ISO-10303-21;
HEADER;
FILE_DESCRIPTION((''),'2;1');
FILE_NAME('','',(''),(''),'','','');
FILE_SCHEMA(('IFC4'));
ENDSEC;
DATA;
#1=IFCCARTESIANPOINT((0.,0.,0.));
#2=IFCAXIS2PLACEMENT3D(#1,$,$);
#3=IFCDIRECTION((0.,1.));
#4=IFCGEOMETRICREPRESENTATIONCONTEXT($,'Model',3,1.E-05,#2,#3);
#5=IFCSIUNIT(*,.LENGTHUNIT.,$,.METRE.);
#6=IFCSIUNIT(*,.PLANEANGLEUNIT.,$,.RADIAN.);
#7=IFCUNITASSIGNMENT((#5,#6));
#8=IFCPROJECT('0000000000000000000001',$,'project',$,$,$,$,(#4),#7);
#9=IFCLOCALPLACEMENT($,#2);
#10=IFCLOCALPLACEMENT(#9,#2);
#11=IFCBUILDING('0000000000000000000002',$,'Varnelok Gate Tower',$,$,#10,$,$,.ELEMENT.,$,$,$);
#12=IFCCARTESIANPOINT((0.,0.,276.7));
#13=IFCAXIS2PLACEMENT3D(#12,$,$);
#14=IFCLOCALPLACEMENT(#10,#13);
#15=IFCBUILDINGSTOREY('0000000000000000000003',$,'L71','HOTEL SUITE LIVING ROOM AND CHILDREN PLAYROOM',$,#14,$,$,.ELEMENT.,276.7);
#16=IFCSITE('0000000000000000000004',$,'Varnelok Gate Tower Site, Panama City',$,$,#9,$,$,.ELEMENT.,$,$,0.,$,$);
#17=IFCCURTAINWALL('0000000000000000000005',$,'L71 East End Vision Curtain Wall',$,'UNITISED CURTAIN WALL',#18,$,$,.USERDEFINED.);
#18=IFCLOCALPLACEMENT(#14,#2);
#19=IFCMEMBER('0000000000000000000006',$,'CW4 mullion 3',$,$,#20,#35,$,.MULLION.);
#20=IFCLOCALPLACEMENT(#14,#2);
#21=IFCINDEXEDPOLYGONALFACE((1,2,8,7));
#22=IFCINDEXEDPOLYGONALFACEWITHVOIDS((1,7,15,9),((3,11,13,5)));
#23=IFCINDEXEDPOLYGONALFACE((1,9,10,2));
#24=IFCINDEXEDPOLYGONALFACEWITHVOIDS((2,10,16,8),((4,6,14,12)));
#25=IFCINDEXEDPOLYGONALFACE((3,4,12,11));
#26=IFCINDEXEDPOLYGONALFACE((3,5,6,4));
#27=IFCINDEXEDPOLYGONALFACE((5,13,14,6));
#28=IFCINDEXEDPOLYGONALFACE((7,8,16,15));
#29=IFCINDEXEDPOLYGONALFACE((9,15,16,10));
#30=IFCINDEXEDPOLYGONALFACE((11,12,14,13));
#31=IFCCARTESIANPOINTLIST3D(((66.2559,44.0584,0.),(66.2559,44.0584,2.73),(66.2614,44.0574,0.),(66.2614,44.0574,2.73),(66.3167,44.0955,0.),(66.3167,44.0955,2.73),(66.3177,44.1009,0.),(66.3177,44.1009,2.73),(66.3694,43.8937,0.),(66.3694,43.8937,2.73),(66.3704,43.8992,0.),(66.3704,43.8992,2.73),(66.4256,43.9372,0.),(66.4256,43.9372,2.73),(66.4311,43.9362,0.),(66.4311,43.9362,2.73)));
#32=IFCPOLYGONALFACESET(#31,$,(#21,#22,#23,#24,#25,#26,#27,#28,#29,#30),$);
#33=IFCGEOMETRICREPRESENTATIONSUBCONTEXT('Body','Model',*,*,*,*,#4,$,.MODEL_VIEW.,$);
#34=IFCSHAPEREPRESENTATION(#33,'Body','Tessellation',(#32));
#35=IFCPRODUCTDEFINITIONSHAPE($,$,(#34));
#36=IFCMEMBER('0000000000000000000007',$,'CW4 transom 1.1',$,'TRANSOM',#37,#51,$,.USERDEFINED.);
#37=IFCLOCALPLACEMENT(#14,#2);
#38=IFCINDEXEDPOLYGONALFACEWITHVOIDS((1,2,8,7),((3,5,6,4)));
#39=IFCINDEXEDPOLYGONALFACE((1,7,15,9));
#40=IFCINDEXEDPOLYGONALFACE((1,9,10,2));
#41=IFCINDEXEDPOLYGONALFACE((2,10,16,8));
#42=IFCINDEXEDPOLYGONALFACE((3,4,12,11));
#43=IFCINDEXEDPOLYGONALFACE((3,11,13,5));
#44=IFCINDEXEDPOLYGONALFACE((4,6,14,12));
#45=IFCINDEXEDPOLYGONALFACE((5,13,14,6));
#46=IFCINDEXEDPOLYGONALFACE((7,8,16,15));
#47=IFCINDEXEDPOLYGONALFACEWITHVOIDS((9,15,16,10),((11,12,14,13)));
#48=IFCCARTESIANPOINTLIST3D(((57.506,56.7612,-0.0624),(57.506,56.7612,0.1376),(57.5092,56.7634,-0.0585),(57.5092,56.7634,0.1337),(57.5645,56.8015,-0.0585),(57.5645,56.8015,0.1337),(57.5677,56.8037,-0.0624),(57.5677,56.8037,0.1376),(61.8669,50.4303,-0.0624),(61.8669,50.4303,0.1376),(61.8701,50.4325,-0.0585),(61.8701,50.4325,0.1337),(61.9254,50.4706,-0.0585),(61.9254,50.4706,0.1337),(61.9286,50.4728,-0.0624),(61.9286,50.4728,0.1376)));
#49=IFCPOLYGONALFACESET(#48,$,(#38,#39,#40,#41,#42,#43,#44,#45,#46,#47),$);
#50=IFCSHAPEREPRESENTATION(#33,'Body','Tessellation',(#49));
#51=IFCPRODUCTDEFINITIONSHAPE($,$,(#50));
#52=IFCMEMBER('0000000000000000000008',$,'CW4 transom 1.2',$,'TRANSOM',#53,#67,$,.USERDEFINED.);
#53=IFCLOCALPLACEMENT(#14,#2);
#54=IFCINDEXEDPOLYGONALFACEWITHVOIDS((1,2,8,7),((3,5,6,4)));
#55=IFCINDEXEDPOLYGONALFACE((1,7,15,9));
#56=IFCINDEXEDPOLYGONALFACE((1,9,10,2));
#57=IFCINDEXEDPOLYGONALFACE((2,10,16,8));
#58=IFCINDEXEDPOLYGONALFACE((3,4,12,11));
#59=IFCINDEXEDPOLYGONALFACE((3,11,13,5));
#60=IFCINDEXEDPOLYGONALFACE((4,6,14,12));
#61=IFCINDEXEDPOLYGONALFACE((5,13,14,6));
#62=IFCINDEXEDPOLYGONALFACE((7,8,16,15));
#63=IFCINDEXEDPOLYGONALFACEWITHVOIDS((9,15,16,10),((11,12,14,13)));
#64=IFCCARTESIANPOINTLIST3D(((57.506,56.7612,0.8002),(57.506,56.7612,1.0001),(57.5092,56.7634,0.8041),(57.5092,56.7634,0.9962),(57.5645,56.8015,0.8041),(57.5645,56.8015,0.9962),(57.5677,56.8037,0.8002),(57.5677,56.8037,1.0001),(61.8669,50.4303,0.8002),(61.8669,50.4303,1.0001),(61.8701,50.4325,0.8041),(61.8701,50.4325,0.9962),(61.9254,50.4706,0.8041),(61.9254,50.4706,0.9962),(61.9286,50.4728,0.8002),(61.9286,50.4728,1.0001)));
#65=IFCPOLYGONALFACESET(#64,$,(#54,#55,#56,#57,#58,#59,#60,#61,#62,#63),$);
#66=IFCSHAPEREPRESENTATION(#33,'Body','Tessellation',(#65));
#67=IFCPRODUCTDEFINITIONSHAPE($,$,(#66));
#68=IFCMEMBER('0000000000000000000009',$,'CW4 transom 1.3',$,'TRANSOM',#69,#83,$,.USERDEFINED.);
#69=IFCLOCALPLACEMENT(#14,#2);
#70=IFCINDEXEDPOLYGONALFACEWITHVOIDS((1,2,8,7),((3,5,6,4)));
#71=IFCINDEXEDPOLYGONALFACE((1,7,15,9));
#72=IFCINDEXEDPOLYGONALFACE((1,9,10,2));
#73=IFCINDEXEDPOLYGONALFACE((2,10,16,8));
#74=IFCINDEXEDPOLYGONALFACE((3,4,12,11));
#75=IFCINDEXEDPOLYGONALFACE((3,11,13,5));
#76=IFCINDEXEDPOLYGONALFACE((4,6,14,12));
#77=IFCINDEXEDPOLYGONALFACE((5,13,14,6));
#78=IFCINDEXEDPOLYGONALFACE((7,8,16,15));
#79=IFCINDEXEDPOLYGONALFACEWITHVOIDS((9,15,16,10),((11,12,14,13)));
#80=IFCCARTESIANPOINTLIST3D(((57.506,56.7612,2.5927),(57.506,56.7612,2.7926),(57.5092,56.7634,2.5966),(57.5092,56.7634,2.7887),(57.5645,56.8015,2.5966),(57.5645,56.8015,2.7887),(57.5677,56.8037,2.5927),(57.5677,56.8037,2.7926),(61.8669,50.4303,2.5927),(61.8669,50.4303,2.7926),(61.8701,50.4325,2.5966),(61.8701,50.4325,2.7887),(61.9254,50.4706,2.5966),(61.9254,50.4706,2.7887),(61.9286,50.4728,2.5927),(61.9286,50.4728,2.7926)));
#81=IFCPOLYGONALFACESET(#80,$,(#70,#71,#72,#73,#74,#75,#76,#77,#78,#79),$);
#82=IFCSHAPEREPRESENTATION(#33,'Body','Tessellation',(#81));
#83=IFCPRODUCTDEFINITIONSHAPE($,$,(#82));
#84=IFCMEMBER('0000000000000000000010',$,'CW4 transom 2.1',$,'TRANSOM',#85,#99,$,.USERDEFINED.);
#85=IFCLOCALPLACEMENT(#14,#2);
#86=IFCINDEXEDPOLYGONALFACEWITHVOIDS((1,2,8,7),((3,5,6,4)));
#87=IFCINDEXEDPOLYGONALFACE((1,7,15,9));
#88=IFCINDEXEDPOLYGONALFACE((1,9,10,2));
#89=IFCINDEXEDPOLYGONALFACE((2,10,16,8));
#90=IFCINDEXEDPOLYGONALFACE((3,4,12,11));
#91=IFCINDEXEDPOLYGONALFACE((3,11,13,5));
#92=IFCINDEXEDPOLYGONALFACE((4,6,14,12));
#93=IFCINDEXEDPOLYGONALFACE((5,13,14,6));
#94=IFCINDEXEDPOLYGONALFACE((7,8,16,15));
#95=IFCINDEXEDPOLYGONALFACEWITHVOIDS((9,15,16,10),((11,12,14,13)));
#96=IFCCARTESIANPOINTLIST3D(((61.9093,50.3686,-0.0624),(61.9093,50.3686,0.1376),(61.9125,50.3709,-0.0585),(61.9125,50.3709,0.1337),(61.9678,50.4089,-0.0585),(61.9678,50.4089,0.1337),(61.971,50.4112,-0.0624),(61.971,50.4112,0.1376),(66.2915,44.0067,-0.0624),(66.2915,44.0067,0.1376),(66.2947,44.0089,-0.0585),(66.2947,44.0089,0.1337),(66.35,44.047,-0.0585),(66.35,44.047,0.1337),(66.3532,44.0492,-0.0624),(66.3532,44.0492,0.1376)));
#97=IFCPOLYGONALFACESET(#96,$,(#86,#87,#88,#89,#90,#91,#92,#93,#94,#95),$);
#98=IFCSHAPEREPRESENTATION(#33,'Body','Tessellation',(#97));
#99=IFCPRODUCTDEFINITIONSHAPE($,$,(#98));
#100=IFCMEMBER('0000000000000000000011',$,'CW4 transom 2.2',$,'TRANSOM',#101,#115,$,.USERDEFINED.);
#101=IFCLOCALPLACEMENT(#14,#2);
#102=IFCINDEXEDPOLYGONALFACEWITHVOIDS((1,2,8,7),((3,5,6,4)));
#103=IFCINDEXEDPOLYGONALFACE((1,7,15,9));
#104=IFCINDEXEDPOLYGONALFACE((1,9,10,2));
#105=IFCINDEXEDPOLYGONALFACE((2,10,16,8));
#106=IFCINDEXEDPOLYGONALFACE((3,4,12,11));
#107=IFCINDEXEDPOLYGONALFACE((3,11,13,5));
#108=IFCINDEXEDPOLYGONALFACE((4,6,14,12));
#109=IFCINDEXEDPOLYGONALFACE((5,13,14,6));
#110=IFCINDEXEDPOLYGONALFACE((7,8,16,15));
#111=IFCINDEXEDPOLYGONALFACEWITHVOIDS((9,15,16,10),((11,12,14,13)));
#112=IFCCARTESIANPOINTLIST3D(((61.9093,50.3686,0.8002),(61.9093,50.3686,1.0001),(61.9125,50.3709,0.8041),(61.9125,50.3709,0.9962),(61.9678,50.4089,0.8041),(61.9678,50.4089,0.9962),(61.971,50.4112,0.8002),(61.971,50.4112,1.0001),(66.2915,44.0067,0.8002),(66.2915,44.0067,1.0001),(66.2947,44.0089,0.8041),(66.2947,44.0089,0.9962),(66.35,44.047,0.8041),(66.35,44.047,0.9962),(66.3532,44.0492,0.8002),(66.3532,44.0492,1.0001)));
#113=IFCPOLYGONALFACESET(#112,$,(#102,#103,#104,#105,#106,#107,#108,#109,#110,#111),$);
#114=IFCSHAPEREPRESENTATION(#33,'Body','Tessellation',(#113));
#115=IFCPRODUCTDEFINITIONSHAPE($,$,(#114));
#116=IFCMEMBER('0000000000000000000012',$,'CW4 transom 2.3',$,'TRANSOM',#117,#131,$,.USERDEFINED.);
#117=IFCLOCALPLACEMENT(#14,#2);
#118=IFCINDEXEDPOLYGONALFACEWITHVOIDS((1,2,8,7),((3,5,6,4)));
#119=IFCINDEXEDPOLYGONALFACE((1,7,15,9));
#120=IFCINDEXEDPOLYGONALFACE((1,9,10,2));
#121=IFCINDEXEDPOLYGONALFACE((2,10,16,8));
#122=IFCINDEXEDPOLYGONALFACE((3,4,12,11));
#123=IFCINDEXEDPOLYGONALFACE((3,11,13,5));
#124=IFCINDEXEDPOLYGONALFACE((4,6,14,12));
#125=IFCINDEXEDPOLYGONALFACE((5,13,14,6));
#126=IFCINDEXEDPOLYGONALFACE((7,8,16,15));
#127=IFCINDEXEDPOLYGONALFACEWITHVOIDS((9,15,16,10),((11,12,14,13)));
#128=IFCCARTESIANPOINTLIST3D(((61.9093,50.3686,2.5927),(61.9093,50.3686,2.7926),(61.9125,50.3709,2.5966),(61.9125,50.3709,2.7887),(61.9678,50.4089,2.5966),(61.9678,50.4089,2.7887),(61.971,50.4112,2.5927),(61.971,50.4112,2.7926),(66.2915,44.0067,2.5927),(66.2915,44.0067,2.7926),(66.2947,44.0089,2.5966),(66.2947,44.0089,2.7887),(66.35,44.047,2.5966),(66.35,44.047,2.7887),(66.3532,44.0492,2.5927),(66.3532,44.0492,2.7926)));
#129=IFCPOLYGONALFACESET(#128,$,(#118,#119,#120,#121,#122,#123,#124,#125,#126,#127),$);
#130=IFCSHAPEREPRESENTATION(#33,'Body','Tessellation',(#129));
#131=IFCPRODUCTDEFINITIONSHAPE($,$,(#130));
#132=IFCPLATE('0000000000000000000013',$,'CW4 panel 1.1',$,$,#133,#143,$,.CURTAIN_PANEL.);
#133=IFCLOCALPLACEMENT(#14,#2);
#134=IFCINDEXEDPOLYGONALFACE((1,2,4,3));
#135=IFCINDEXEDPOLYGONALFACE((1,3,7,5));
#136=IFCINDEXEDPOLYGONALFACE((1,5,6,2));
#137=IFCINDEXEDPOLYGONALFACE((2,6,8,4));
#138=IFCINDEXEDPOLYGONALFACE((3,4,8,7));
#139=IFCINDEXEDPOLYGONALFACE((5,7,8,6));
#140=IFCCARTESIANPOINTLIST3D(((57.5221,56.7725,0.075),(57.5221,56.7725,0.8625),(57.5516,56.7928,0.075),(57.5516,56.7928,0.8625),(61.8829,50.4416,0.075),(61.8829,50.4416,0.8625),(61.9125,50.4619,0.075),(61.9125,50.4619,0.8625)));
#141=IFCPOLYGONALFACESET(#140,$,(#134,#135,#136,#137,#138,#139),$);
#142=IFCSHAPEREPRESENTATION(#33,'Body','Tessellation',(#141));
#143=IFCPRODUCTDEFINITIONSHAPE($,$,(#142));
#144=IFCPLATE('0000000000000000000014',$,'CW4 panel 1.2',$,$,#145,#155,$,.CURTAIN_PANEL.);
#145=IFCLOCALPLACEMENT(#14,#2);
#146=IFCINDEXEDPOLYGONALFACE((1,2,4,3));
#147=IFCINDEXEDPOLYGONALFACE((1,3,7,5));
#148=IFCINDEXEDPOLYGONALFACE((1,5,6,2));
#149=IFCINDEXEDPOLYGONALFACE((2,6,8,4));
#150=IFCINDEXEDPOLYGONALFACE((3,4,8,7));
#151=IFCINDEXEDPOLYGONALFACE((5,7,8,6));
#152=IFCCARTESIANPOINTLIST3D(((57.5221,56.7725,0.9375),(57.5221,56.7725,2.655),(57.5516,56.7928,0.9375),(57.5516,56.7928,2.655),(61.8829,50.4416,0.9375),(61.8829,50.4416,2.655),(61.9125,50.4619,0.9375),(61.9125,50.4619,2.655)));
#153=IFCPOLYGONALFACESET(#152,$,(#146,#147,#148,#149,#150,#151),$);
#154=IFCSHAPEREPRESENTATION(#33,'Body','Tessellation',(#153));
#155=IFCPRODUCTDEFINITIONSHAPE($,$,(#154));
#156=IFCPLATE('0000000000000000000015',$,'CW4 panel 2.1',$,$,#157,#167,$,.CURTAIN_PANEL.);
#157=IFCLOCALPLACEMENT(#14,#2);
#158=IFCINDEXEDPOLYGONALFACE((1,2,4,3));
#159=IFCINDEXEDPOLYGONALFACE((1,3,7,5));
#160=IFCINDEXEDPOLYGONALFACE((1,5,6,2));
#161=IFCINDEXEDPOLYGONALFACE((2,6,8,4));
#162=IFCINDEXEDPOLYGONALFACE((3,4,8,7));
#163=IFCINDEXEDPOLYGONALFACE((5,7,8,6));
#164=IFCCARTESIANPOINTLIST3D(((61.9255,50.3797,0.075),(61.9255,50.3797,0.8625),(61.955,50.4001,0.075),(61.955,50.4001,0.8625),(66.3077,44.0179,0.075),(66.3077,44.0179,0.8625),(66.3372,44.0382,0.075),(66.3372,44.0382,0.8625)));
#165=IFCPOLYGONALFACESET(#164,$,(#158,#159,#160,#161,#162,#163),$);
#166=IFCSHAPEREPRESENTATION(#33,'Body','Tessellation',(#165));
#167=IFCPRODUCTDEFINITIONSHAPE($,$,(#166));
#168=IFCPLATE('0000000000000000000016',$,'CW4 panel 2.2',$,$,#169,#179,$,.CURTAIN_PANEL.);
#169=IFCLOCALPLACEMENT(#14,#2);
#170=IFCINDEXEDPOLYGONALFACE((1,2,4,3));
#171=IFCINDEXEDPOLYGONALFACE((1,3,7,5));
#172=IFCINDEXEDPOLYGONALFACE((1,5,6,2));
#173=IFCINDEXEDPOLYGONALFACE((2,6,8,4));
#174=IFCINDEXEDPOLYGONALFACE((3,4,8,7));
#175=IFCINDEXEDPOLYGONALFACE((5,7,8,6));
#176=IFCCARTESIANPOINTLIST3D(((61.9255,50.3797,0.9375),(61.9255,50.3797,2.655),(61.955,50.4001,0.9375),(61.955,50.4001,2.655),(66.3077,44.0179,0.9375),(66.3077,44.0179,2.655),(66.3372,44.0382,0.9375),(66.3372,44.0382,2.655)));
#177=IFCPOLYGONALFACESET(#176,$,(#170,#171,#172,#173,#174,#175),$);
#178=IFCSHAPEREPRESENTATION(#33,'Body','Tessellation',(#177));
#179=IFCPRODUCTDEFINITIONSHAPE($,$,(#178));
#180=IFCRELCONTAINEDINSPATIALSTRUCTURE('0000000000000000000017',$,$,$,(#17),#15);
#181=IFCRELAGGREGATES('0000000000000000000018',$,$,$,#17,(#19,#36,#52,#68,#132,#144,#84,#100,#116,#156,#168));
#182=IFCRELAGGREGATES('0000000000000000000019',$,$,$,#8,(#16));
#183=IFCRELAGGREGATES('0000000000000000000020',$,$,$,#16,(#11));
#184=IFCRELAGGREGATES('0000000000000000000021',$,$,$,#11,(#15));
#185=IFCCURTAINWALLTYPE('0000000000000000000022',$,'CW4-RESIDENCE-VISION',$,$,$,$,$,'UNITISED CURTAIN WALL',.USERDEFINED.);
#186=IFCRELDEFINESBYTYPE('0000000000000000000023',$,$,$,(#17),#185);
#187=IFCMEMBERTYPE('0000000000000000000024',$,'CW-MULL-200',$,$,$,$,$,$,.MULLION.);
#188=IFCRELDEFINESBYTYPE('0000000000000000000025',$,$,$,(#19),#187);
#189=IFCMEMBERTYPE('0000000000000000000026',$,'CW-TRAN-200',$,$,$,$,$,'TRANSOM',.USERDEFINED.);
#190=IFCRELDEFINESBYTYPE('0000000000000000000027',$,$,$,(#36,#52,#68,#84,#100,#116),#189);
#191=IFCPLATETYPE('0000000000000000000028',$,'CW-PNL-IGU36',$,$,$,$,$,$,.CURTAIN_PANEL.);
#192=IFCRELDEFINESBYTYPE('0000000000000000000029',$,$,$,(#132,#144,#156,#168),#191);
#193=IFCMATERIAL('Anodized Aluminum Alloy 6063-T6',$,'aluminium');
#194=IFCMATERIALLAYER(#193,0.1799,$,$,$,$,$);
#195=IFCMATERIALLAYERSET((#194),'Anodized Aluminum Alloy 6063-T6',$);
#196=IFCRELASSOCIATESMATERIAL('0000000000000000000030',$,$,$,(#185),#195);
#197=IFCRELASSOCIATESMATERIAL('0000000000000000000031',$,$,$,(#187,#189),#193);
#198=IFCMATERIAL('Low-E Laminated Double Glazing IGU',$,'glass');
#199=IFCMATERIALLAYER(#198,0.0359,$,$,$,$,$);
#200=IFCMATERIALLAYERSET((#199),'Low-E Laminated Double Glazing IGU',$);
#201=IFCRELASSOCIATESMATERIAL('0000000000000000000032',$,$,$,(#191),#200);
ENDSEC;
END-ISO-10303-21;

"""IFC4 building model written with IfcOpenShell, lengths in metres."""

from ifc_helpers import new_model, si_unit, direction, frame, origin, origin_2d, place, context, subcontext, project, spatial, rectangle, hollow_rectangle, extrude, source, transform, mapped, material, layer, layer_set, material_profile, profile_set, type_object, element, aggregate, save


model = new_model("IFC4")

# Units and contexts
model_context = context("Model", 3, precision=1e-05, world=origin(), true_north=direction((0.0, 1.0)))
body_context = subcontext(model_context, "Body", "Model", "MODEL_VIEW")
ifc_project = project(units=[si_unit("LENGTHUNIT", "METRE"), si_unit("PLANEANGLEUNIT", "RADIAN")], contexts=[model_context])

# Site, building, storey
site_placement = place(None, origin())
site = spatial("IfcSite", under=ifc_project, at=site_placement, Name="Varnelok Gate Tower Site, Panama City", CompositionType="ELEMENT", RefElevation=0.0)
building_placement = place(site_placement, origin())
building = spatial("IfcBuilding", under=site, at=building_placement, Name="Varnelok Gate Tower", CompositionType="ELEMENT")
storey_placement = place(building_placement, frame((0.0, 0.0, 276.7)))
storey = spatial("IfcBuildingStorey", under=building, at=storey_placement, Name="L71", Description="HOTEL SUITE LIVING ROOM AND CHILDREN PLAYROOM", CompositionType="ELEMENT", Elevation=276.7)

# Curtain wall, members, plates
ifc_material_1 = material(Name="Anodized Aluminum Alloy 6063-T6", Category="aluminium")
ifc_layer_1 = layer(ifc_material_1, 0.1799)
ifc_layer_set_1 = layer_set([ifc_layer_1], Name="Anodized Aluminum Alloy 6063-T6")
curtain_wall_type = type_object("IfcCurtainWallType", Name="CW4-RESIDENCE-VISION", ElementType="UNITISED CURTAIN WALL", PredefinedType="USERDEFINED", material=ifc_layer_set_1)
curtain_wall_placement = place(storey_placement, origin())
curtain_wall = element("IfcCurtainWall", 1, at=curtain_wall_placement, inside=storey, type_object=curtain_wall_type, Name="L71 East End Vision Curtain Wall", ObjectType="UNITISED CURTAIN WALL", PredefinedType="USERDEFINED")
ifc_material_profile_1 = material_profile(ifc_material_1, hollow_rectangle(XDim=0.075, YDim=0.2, WallThickness=0.0039, at=origin_2d()), Name="ALU200X75X4")
ifc_profile_set_1 = profile_set([ifc_material_profile_1], Name="Anodized Aluminum Alloy 6063-T6")
member_type_1 = type_object("IfcMemberType", Name="CW-MULL-200", PredefinedType="MULLION", material=ifc_profile_set_1)
member_1_placement = place(storey_placement, frame((66.3435, 43.9973, 0.0), z_axis=(0.0, 0.0, 1.0), x_axis=(0.823532, 0.567269, 0.0)))
member_1 = element("IfcMember", 2, at=member_1_placement, type_object=member_type_1, Name="CW4 mullion 3", PredefinedType="MULLION", context=body_context, shape_type="SweptSolid", body=[
    extrude(hollow_rectangle(XDim=0.075, YDim=0.2, WallThickness=0.0039, at=origin_2d()), origin(), (0.0, 0.0, 1.0), 2.73),
])
ifc_material_profile_2 = material_profile(ifc_material_1, hollow_rectangle(XDim=0.075, YDim=0.2, WallThickness=0.0039, at=origin_2d()), Name="ALU200X75X4")
ifc_profile_set_2 = profile_set([ifc_material_profile_2], Name="Anodized Aluminum Alloy 6063-T6")
member_type_2 = type_object("IfcMemberType", Name="CW-TRAN-200", ElementType="TRANSOM", PredefinedType="USERDEFINED", material=ifc_profile_set_2)
member_2_placement = place(storey_placement, frame((57.5369, 56.7825, 0.0376), z_axis=(0.567271, -0.823531, 0.0), x_axis=(0.823531, 0.567271, 0.0)))
member_2 = element("IfcMember", 3, at=member_2_placement, type_object=member_type_2, Name="CW4 transom 1.1", ObjectType="TRANSOM", PredefinedType="USERDEFINED", context=body_context, shape_type="SweptSolid", body=[
    extrude(hollow_rectangle(XDim=0.075, YDim=0.2, WallThickness=0.0039, at=origin_2d()), origin(), (0.0, 0.0, 1.0), 7.6875),
])
member_3_placement = place(storey_placement, frame((57.5369, 56.7825, 0.9001), z_axis=(0.567271, -0.823531, 0.0), x_axis=(0.823531, 0.567271, 0.0)))
member_3 = element("IfcMember", 4, at=member_3_placement, type_object=member_type_2, Name="CW4 transom 1.2", ObjectType="TRANSOM", PredefinedType="USERDEFINED", context=body_context, shape_type="SweptSolid", body=[
    extrude(hollow_rectangle(XDim=0.075, YDim=0.2, WallThickness=0.0039, at=origin_2d()), origin(), (0.0, 0.0, 1.0), 7.6875),
])
member_4_placement = place(storey_placement, frame((57.5369, 56.7825, 2.6926), z_axis=(0.567271, -0.823531, 0.0), x_axis=(0.823531, 0.567271, 0.0)))
member_4 = element("IfcMember", 5, at=member_4_placement, type_object=member_type_2, Name="CW4 transom 1.3", ObjectType="TRANSOM", PredefinedType="USERDEFINED", context=body_context, shape_type="SweptSolid", body=[
    extrude(hollow_rectangle(XDim=0.075, YDim=0.2, WallThickness=0.0039, at=origin_2d()), origin(), (0.0, 0.0, 1.0), 7.6875),
])
member_5_placement = place(storey_placement, frame((61.9402, 50.3899, 0.0376), z_axis=(0.567261, -0.823538, 0.0), x_axis=(0.823538, 0.567261, 0.0)))
member_5 = element("IfcMember", 6, at=member_5_placement, type_object=member_type_2, Name="CW4 transom 2.1", ObjectType="TRANSOM", PredefinedType="USERDEFINED", context=body_context, shape_type="SweptSolid", body=[
    extrude(hollow_rectangle(XDim=0.075, YDim=0.2, WallThickness=0.0039, at=origin_2d()), origin(), (0.0, 0.0, 1.0), 7.7251),
])
member_6_placement = place(storey_placement, frame((61.9402, 50.3899, 0.9001), z_axis=(0.567261, -0.823538, 0.0), x_axis=(0.823538, 0.567261, 0.0)))
member_6 = element("IfcMember", 7, at=member_6_placement, type_object=member_type_2, Name="CW4 transom 2.2", ObjectType="TRANSOM", PredefinedType="USERDEFINED", context=body_context, shape_type="SweptSolid", body=[
    extrude(hollow_rectangle(XDim=0.075, YDim=0.2, WallThickness=0.0039, at=origin_2d()), origin(), (0.0, 0.0, 1.0), 7.7251),
])
member_7_placement = place(storey_placement, frame((61.9402, 50.3899, 2.6926), z_axis=(0.567261, -0.823538, 0.0), x_axis=(0.823538, 0.567261, 0.0)))
member_7 = element("IfcMember", 8, at=member_7_placement, type_object=member_type_2, Name="CW4 transom 2.3", ObjectType="TRANSOM", PredefinedType="USERDEFINED", context=body_context, shape_type="SweptSolid", body=[
    extrude(hollow_rectangle(XDim=0.075, YDim=0.2, WallThickness=0.0039, at=origin_2d()), origin(), (0.0, 0.0, 1.0), 7.7251),
])
ifc_material_2 = material(Name="Low-E Laminated Double Glazing IGU", Category="glass")
ifc_layer_2 = layer(ifc_material_2, 0.0359)
ifc_layer_set_2 = layer_set([ifc_layer_2], Name="Low-E Laminated Double Glazing IGU")
plate_type = type_object("IfcPlateType", Name="CW-PNL-IGU36", PredefinedType="CURTAIN_PANEL", material=ifc_layer_set_2)
shared_shape_1 = source(origin(), body_context, "Body", "SweptSolid", [
    extrude(rectangle(XDim=7.6875, YDim=0.0359, at=origin_2d()), origin(), (0.0, 0.0, 1.0), 0.7876),
])
plate_1_placement = place(storey_placement, frame((59.7173, 53.6172, 0.075), z_axis=(0.0, 0.0, 1.0), x_axis=(0.567269, -0.823532, 0.0)))
plate_1 = element("IfcPlate", 9, at=plate_1_placement, type_object=plate_type, Name="CW4 panel 1.1", PredefinedType="CURTAIN_PANEL", context=body_context, shape_type="MappedRepresentation", body=[
    mapped(shared_shape_1, transform((0.0, 0.0, 0.0), scale=1.0)),
])
shared_shape_2 = source(origin(), body_context, "Body", "SweptSolid", [
    extrude(rectangle(XDim=7.6875, YDim=0.0359, at=origin_2d()), origin(), (0.0, 0.0, 1.0), 1.7175),
])
plate_2_placement = place(storey_placement, frame((59.7173, 53.6172, 0.9375), z_axis=(0.0, 0.0, 1.0), x_axis=(0.567269, -0.823532, 0.0)))
plate_2 = element("IfcPlate", 10, at=plate_2_placement, type_object=plate_type, Name="CW4 panel 1.2", PredefinedType="CURTAIN_PANEL", context=body_context, shape_type="MappedRepresentation", body=[
    mapped(shared_shape_2, transform((0.0, 0.0, 0.0), scale=1.0)),
])
shared_shape_3 = source(origin(), body_context, "Body", "SweptSolid", [
    extrude(rectangle(XDim=7.7251, YDim=0.0359, at=origin_2d()), origin(), (0.0, 0.0, 1.0), 0.7876),
])
plate_3_placement = place(storey_placement, frame((64.1313, 47.209, 0.075), z_axis=(0.0, 0.0, 1.0), x_axis=(0.567269, -0.823532, 0.0)))
plate_3 = element("IfcPlate", 11, at=plate_3_placement, type_object=plate_type, Name="CW4 panel 2.1", PredefinedType="CURTAIN_PANEL", context=body_context, shape_type="MappedRepresentation", body=[
    mapped(shared_shape_3, transform((0.0, 0.0, 0.0), scale=1.0)),
])
shared_shape_4 = source(origin(), body_context, "Body", "SweptSolid", [
    extrude(rectangle(XDim=7.7251, YDim=0.0359, at=origin_2d()), origin(), (0.0, 0.0, 1.0), 1.7175),
])
plate_4_placement = place(storey_placement, frame((64.1313, 47.209, 0.9375), z_axis=(0.0, 0.0, 1.0), x_axis=(0.567269, -0.823532, 0.0)))
plate_4 = element("IfcPlate", 12, at=plate_4_placement, type_object=plate_type, Name="CW4 panel 2.2", PredefinedType="CURTAIN_PANEL", context=body_context, shape_type="MappedRepresentation", body=[
    mapped(shared_shape_4, transform((0.0, 0.0, 0.0), scale=1.0)),
])
aggregate(curtain_wall, [member_1, member_2, member_3, member_4, plate_1, plate_2, member_5, member_6, member_7, plate_3, plate_4])

save(model, "model.ifc")
